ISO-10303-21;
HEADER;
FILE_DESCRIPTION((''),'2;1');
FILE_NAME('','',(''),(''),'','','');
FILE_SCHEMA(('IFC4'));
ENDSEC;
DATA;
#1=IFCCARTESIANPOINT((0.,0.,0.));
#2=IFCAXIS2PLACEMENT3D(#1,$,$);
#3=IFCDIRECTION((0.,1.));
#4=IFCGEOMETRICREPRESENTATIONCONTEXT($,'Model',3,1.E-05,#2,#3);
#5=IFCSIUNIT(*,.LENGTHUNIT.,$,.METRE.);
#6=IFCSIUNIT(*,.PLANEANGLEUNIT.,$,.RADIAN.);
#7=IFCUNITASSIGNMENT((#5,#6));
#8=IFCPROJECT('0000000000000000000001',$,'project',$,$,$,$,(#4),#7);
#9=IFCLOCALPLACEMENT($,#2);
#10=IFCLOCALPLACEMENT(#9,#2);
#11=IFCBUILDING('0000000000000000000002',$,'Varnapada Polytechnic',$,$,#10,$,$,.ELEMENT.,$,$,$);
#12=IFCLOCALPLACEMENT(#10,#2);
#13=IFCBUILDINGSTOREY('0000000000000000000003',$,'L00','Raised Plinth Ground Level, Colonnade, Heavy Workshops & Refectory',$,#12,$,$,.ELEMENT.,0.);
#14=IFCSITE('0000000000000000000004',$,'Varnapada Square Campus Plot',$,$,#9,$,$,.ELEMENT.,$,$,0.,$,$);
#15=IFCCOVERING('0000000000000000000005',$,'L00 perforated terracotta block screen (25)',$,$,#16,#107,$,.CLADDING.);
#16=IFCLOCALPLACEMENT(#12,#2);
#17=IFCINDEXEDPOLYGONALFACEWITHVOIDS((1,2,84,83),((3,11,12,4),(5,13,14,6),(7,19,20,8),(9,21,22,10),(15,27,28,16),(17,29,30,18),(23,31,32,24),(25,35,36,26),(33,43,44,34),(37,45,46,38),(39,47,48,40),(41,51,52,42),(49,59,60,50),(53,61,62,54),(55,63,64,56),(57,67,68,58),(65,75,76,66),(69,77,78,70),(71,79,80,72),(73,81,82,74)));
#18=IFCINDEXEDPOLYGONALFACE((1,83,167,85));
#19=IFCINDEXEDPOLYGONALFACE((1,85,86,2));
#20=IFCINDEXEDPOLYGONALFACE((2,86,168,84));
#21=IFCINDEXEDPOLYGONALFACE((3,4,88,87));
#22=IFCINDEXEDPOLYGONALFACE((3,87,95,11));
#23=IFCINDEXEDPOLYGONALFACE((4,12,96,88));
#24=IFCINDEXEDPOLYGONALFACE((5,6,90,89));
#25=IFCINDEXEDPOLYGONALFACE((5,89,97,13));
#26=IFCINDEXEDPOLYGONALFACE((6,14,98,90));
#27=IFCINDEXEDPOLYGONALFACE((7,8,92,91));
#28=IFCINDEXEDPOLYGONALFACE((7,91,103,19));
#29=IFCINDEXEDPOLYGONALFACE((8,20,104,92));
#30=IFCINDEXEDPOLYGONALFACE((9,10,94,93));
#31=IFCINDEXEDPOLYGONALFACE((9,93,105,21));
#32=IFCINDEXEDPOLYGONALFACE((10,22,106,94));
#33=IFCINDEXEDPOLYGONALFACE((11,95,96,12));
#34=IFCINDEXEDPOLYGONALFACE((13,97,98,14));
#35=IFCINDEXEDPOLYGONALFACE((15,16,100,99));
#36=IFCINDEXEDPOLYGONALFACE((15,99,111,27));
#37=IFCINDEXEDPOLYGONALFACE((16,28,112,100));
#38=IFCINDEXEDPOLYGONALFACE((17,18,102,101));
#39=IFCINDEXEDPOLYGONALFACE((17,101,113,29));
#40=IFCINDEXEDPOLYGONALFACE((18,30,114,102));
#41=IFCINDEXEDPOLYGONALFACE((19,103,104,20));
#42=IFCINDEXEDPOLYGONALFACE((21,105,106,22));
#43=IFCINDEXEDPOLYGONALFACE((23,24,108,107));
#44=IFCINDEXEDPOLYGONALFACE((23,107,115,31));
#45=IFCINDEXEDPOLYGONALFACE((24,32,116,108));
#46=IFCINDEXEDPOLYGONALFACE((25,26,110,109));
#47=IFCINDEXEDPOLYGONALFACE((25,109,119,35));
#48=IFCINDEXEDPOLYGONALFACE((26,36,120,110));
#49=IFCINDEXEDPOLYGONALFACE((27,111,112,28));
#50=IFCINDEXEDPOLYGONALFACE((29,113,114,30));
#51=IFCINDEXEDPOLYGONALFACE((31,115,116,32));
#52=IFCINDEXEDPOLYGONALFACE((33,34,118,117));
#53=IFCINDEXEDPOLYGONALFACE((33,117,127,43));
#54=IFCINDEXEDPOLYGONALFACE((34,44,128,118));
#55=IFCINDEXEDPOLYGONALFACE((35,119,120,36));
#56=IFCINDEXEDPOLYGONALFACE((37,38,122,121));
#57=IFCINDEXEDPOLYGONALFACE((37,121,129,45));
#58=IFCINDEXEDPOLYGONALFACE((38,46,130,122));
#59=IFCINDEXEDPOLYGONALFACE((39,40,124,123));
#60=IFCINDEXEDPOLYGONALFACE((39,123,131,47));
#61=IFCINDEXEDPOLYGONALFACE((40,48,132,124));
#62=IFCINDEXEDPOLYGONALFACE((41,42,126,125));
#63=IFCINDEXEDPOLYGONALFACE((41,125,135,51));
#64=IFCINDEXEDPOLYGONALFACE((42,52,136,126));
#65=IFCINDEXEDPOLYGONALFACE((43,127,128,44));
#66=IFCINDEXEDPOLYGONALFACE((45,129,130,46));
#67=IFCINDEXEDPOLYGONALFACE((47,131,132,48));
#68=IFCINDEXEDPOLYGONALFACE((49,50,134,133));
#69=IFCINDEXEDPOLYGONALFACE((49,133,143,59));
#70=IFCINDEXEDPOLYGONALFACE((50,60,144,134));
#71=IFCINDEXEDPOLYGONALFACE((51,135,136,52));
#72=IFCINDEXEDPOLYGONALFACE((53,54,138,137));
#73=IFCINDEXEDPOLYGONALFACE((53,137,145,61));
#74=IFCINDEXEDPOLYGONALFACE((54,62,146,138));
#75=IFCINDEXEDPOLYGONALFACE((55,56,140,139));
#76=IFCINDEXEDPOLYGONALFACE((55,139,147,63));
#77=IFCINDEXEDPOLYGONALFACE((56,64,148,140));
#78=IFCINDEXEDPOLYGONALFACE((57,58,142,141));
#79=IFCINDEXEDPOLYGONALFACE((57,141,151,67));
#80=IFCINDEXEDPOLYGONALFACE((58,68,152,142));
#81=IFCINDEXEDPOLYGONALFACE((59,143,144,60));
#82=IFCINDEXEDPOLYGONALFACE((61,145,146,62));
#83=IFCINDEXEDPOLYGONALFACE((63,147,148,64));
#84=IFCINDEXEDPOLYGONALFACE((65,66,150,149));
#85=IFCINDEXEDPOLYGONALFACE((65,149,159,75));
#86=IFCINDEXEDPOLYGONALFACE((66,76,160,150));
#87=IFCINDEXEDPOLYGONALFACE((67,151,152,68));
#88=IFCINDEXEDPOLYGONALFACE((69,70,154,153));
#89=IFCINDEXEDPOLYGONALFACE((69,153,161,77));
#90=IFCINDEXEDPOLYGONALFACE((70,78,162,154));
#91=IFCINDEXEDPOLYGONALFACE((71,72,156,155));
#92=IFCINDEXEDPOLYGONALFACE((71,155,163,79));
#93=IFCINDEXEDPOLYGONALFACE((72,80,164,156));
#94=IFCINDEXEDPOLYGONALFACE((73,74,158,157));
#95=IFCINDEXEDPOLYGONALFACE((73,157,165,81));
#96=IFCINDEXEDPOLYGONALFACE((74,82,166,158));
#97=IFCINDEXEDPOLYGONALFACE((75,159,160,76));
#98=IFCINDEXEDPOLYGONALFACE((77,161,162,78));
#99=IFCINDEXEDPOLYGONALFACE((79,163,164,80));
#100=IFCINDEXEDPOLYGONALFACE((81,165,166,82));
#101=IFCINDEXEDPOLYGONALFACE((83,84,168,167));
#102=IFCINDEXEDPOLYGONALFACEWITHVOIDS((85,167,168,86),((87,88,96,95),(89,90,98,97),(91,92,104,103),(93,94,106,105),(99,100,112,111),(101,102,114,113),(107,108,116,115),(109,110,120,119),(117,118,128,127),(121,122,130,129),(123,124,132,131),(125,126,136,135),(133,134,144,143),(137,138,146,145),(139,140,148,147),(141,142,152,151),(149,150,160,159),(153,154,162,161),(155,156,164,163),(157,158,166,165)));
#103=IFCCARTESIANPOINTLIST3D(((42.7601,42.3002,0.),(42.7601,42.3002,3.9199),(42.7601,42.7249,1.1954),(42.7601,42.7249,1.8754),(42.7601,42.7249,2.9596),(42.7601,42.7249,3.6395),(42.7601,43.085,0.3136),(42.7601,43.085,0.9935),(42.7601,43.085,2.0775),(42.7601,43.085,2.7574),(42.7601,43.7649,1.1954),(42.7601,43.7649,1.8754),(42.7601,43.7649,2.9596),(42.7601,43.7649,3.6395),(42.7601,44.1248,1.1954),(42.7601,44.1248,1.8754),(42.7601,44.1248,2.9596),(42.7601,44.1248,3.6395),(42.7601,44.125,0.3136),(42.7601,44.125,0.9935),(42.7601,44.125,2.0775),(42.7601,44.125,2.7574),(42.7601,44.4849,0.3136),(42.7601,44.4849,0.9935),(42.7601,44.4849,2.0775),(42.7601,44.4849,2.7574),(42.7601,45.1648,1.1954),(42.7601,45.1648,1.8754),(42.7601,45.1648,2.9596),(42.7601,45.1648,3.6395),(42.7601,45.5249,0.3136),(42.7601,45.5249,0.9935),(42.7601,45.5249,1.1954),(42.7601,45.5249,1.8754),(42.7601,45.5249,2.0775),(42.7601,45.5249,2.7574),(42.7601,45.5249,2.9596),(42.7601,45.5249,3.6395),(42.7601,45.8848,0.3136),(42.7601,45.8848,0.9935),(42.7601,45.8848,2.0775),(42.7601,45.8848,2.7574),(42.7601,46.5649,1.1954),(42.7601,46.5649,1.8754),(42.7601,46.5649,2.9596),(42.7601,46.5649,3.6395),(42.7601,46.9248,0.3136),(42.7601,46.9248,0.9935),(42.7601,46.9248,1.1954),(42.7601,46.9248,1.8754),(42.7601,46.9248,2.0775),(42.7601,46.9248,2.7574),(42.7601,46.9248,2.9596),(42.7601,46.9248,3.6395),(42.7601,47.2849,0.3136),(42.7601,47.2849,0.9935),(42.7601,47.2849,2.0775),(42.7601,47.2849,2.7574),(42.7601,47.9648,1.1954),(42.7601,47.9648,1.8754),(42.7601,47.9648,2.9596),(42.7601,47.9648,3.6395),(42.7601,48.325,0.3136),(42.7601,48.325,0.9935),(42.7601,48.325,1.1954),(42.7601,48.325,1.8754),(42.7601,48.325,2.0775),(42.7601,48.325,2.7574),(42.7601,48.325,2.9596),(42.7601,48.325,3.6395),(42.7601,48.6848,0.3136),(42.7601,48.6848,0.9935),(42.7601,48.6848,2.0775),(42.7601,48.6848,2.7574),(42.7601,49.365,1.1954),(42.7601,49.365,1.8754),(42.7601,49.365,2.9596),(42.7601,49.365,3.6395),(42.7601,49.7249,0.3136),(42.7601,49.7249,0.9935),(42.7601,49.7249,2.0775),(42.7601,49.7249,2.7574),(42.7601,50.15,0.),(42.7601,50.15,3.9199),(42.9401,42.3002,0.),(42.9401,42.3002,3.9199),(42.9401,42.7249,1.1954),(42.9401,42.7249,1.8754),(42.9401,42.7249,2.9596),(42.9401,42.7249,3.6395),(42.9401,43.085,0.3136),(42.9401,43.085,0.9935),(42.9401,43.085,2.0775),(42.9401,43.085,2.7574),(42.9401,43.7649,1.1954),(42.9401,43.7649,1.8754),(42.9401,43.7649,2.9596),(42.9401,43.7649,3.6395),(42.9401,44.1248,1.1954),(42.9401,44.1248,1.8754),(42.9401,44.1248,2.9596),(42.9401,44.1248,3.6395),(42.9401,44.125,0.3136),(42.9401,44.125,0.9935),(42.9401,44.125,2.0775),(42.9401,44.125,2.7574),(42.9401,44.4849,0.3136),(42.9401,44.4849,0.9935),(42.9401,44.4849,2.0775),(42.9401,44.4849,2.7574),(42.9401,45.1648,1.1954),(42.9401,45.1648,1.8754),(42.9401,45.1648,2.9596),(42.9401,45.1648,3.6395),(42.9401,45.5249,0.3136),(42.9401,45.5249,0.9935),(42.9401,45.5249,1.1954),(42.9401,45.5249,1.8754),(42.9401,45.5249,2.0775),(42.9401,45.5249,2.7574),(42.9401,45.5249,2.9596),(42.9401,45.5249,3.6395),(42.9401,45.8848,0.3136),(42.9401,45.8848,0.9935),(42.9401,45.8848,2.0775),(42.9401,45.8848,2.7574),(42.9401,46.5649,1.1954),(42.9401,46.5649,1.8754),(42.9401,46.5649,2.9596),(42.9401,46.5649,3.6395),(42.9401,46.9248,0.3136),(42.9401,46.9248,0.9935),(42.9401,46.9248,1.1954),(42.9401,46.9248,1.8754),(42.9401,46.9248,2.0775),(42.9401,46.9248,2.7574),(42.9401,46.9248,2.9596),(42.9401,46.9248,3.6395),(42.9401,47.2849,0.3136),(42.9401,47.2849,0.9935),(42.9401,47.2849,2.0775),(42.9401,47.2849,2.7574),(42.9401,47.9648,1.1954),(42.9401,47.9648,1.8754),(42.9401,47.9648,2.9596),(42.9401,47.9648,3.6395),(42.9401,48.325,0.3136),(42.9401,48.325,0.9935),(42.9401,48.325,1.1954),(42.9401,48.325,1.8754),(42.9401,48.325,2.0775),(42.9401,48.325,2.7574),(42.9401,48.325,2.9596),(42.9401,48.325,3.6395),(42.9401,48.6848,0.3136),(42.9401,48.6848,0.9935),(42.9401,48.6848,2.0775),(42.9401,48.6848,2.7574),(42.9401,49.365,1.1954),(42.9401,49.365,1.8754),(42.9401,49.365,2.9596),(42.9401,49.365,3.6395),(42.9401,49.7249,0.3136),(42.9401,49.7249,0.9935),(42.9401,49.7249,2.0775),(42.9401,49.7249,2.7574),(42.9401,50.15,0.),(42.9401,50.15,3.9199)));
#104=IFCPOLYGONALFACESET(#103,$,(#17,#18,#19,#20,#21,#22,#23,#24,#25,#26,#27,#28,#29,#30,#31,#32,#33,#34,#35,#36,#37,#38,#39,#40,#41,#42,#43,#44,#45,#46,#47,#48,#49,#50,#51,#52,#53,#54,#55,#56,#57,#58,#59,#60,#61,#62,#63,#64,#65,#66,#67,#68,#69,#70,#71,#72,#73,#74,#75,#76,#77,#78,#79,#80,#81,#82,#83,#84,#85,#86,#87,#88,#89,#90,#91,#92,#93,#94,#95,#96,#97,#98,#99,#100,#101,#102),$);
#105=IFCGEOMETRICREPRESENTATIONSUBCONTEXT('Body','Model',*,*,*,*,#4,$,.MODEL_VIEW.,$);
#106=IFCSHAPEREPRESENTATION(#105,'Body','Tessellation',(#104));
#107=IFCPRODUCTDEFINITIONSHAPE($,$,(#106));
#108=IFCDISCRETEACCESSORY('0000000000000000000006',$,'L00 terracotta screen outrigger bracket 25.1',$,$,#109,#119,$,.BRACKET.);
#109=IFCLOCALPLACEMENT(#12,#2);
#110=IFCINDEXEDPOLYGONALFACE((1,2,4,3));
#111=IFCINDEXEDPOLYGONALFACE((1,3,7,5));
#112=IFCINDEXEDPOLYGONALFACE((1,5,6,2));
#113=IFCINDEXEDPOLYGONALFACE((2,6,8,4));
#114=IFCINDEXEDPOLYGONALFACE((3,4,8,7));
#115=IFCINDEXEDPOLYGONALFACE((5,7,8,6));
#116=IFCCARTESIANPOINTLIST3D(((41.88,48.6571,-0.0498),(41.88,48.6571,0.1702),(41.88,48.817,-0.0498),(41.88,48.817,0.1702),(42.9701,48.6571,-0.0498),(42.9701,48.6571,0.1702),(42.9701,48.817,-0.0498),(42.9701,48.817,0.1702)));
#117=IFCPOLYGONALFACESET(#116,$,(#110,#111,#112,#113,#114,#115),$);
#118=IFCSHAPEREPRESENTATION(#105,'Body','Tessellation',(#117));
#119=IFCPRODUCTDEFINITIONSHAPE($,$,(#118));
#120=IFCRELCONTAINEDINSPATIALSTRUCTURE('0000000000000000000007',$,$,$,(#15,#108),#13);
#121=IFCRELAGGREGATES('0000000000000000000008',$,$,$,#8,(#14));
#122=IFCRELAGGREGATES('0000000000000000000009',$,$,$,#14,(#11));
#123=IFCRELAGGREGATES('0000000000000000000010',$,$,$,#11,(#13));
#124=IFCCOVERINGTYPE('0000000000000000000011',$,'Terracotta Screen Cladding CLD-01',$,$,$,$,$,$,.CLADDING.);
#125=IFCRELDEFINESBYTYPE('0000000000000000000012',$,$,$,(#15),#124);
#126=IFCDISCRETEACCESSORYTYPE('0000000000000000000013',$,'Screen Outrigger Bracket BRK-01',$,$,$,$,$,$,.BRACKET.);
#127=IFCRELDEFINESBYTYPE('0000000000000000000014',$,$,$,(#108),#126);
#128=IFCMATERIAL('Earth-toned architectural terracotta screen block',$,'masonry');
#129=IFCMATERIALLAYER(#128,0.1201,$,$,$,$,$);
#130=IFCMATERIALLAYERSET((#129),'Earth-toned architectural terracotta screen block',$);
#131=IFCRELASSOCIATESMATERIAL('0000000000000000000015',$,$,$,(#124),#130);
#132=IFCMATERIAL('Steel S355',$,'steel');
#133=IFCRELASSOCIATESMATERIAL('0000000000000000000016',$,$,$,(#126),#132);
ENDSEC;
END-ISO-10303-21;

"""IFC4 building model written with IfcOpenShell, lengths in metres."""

from ifc_helpers import new_model, si_unit, direction, frame, frame_2d, origin, origin_2d, place, context, subcontext, project, spatial, rectangle, extrude, material, layer, layer_set, type_object, element, save


model = new_model("IFC4")

# Units and contexts
model_context = context("Model", 3, precision=1e-05, world=origin(), true_north=direction((0.0, 1.0)))
body_context = subcontext(model_context, "Body", "Model", "MODEL_VIEW")
ifc_project = project(units=[si_unit("LENGTHUNIT", "METRE"), si_unit("PLANEANGLEUNIT", "RADIAN")], contexts=[model_context])

# Site, building, storey
site_placement = place(None, origin())
site = spatial("IfcSite", under=ifc_project, at=site_placement, Name="Varnapada Square Campus Plot", CompositionType="ELEMENT", RefElevation=0.0)
building_placement = place(site_placement, origin())
building = spatial("IfcBuilding", under=site, at=building_placement, Name="Varnapada Polytechnic", CompositionType="ELEMENT")
storey_placement = place(building_placement, origin())
storey = spatial("IfcBuildingStorey", under=building, at=storey_placement, Name="L00", Description="Raised Plinth Ground Level, Colonnade, Heavy Workshops & Refectory", CompositionType="ELEMENT", Elevation=0.0)

# Covering, openings
ifc_material_1 = material(Name="Earth-toned architectural terracotta screen block", Category="masonry")
ifc_layer_1 = layer(ifc_material_1, 0.1201)
ifc_layer_set_1 = layer_set([ifc_layer_1], Name="Earth-toned architectural terracotta screen block")
covering_type = type_object("IfcCoveringType", Name="Terracotta Screen Cladding CLD-01", PredefinedType="CLADDING", material=ifc_layer_set_1)
covering_placement = place(storey_placement, frame((42.8501, 50.1499, 0.0), z_axis=(0.0, 0.0, 1.0), x_axis=(0.0, -1.0, 0.0)))
covering = element("IfcCovering", 1, at=covering_placement, inside=storey, type_object=covering_type, Name="L00 perforated terracotta block screen (25)", PredefinedType="CLADDING", context=body_context, shape_type="SweptSolid", body=[
    extrude(rectangle(XDim=7.8499, YDim=0.1799, at=frame_2d((3.9248, 0.0))), origin(), (0.0, 0.0, 1.0), 3.9199),
])
opening_1_placement = place(covering_placement, frame((0.425, 0.0, 0.3137)))
element("IfcOpeningElement", 2, at=opening_1_placement, cuts=covering, PredefinedType="OPENING", context=body_context, shape_type="SweptSolid", body=[
    extrude(rectangle(XDim=1.04, YDim=0.6799, at=frame_2d((0.52, 0.3398))), frame((0.0, 0.0999, 0.0), z_axis=(0.0, -1.0, 0.0), x_axis=(1.0, 0.0, 0.0)), (0.0, 0.0, 1.0), 0.2),
])
opening_2_placement = place(covering_placement, frame((1.825, 0.0, 0.3137)))
element("IfcOpeningElement", 3, at=opening_2_placement, cuts=covering, PredefinedType="OPENING", context=body_context, shape_type="SweptSolid", body=[
    extrude(rectangle(XDim=1.04, YDim=0.6799, at=frame_2d((0.52, 0.3398))), frame((0.0, 0.0999, 0.0), z_axis=(0.0, -1.0, 0.0), x_axis=(1.0, 0.0, 0.0)), (0.0, 0.0, 1.0), 0.2),
])
opening_3_placement = place(covering_placement, frame((3.2251, 0.0, 0.3137)))
element("IfcOpeningElement", 4, at=opening_3_placement, cuts=covering, PredefinedType="OPENING", context=body_context, shape_type="SweptSolid", body=[
    extrude(rectangle(XDim=1.04, YDim=0.6799, at=frame_2d((0.52, 0.3398))), frame((0.0, 0.0999, 0.0), z_axis=(0.0, -1.0, 0.0), x_axis=(1.0, 0.0, 0.0)), (0.0, 0.0, 1.0), 0.2),
])
opening_4_placement = place(covering_placement, frame((4.625, 0.0, 0.3137)))
element("IfcOpeningElement", 5, at=opening_4_placement, cuts=covering, PredefinedType="OPENING", context=body_context, shape_type="SweptSolid", body=[
    extrude(rectangle(XDim=1.04, YDim=0.6799, at=frame_2d((0.52, 0.3398))), frame((0.0, 0.0999, 0.0), z_axis=(0.0, -1.0, 0.0), x_axis=(1.0, 0.0, 0.0)), (0.0, 0.0, 1.0), 0.2),
])
opening_5_placement = place(covering_placement, frame((6.0249, 0.0, 0.3137)))
element("IfcOpeningElement", 6, at=opening_5_placement, cuts=covering, PredefinedType="OPENING", context=body_context, shape_type="SweptSolid", body=[
    extrude(rectangle(XDim=1.04, YDim=0.6799, at=frame_2d((0.52, 0.3398))), frame((0.0, 0.0999, 0.0), z_axis=(0.0, -1.0, 0.0), x_axis=(1.0, 0.0, 0.0)), (0.0, 0.0, 1.0), 0.2),
])
opening_6_placement = place(covering_placement, frame((0.7849, 0.0, 1.1956)))
element("IfcOpeningElement", 7, at=opening_6_placement, cuts=covering, PredefinedType="OPENING", context=body_context, shape_type="SweptSolid", body=[
    extrude(rectangle(XDim=1.04, YDim=0.6799, at=frame_2d((0.52, 0.3398))), frame((0.0, 0.0999, 0.0), z_axis=(0.0, -1.0, 0.0), x_axis=(1.0, 0.0, 0.0)), (0.0, 0.0, 1.0), 0.2),
])
opening_7_placement = place(covering_placement, frame((2.1851, 0.0, 1.1956)))
element("IfcOpeningElement", 8, at=opening_7_placement, cuts=covering, PredefinedType="OPENING", context=body_context, shape_type="SweptSolid", body=[
    extrude(rectangle(XDim=1.04, YDim=0.6799, at=frame_2d((0.52, 0.3398))), frame((0.0, 0.0999, 0.0), z_axis=(0.0, -1.0, 0.0), x_axis=(1.0, 0.0, 0.0)), (0.0, 0.0, 1.0), 0.2),
])
opening_8_placement = place(covering_placement, frame((3.585, 0.0, 1.1956)))
element("IfcOpeningElement", 9, at=opening_8_placement, cuts=covering, PredefinedType="OPENING", context=body_context, shape_type="SweptSolid", body=[
    extrude(rectangle(XDim=1.04, YDim=0.6799, at=frame_2d((0.52, 0.3398))), frame((0.0, 0.0999, 0.0), z_axis=(0.0, -1.0, 0.0), x_axis=(1.0, 0.0, 0.0)), (0.0, 0.0, 1.0), 0.2),
])
opening_9_placement = place(covering_placement, frame((4.9851, 0.0, 1.1956)))
element("IfcOpeningElement", 10, at=opening_9_placement, cuts=covering, PredefinedType="OPENING", context=body_context, shape_type="SweptSolid", body=[
    extrude(rectangle(XDim=1.04, YDim=0.6799, at=frame_2d((0.52, 0.3398))), frame((0.0, 0.0999, 0.0), z_axis=(0.0, -1.0, 0.0), x_axis=(1.0, 0.0, 0.0)), (0.0, 0.0, 1.0), 0.2),
])
opening_10_placement = place(covering_placement, frame((6.385, 0.0, 1.1956)))
element("IfcOpeningElement", 11, at=opening_10_placement, cuts=covering, PredefinedType="OPENING", context=body_context, shape_type="SweptSolid", body=[
    extrude(rectangle(XDim=1.04, YDim=0.6799, at=frame_2d((0.52, 0.3398))), frame((0.0, 0.0999, 0.0), z_axis=(0.0, -1.0, 0.0), x_axis=(1.0, 0.0, 0.0)), (0.0, 0.0, 1.0), 0.2),
])
opening_11_placement = place(covering_placement, frame((0.425, 0.0, 2.0776)))
element("IfcOpeningElement", 12, at=opening_11_placement, cuts=covering, PredefinedType="OPENING", context=body_context, shape_type="SweptSolid", body=[
    extrude(rectangle(XDim=1.04, YDim=0.6799, at=frame_2d((0.52, 0.3398))), frame((0.0, 0.0999, 0.0), z_axis=(0.0, -1.0, 0.0), x_axis=(1.0, 0.0, 0.0)), (0.0, 0.0, 1.0), 0.2),
])
opening_12_placement = place(covering_placement, frame((1.825, 0.0, 2.0776)))
element("IfcOpeningElement", 13, at=opening_12_placement, cuts=covering, PredefinedType="OPENING", context=body_context, shape_type="SweptSolid", body=[
    extrude(rectangle(XDim=1.04, YDim=0.6799, at=frame_2d((0.52, 0.3398))), frame((0.0, 0.0999, 0.0), z_axis=(0.0, -1.0, 0.0), x_axis=(1.0, 0.0, 0.0)), (0.0, 0.0, 1.0), 0.2),
])
opening_13_placement = place(covering_placement, frame((3.2251, 0.0, 2.0776)))
element("IfcOpeningElement", 14, at=opening_13_placement, cuts=covering, PredefinedType="OPENING", context=body_context, shape_type="SweptSolid", body=[
    extrude(rectangle(XDim=1.04, YDim=0.6799, at=frame_2d((0.52, 0.3398))), frame((0.0, 0.0999, 0.0), z_axis=(0.0, -1.0, 0.0), x_axis=(1.0, 0.0, 0.0)), (0.0, 0.0, 1.0), 0.2),
])
opening_14_placement = place(covering_placement, frame((4.625, 0.0, 2.0776)))
element("IfcOpeningElement", 15, at=opening_14_placement, cuts=covering, PredefinedType="OPENING", context=body_context, shape_type="SweptSolid", body=[
    extrude(rectangle(XDim=1.04, YDim=0.6799, at=frame_2d((0.52, 0.3398))), frame((0.0, 0.0999, 0.0), z_axis=(0.0, -1.0, 0.0), x_axis=(1.0, 0.0, 0.0)), (0.0, 0.0, 1.0), 0.2),
])
opening_15_placement = place(covering_placement, frame((6.0249, 0.0, 2.0776)))
element("IfcOpeningElement", 16, at=opening_15_placement, cuts=covering, PredefinedType="OPENING", context=body_context, shape_type="SweptSolid", body=[
    extrude(rectangle(XDim=1.04, YDim=0.6799, at=frame_2d((0.52, 0.3398))), frame((0.0, 0.0999, 0.0), z_axis=(0.0, -1.0, 0.0), x_axis=(1.0, 0.0, 0.0)), (0.0, 0.0, 1.0), 0.2),
])
opening_16_placement = place(covering_placement, frame((0.7849, 0.0, 2.9597)))
element("IfcOpeningElement", 17, at=opening_16_placement, cuts=covering, PredefinedType="OPENING", context=body_context, shape_type="SweptSolid", body=[
    extrude(rectangle(XDim=1.04, YDim=0.6799, at=frame_2d((0.52, 0.3398))), frame((0.0, 0.0999, 0.0), z_axis=(0.0, -1.0, 0.0), x_axis=(1.0, 0.0, 0.0)), (0.0, 0.0, 1.0), 0.2),
])
opening_17_placement = place(covering_placement, frame((2.1851, 0.0, 2.9597)))
element("IfcOpeningElement", 18, at=opening_17_placement, cuts=covering, PredefinedType="OPENING", context=body_context, shape_type="SweptSolid", body=[
    extrude(rectangle(XDim=1.04, YDim=0.6799, at=frame_2d((0.52, 0.3398))), frame((0.0, 0.0999, 0.0), z_axis=(0.0, -1.0, 0.0), x_axis=(1.0, 0.0, 0.0)), (0.0, 0.0, 1.0), 0.2),
])
opening_18_placement = place(covering_placement, frame((3.585, 0.0, 2.9597)))
element("IfcOpeningElement", 19, at=opening_18_placement, cuts=covering, PredefinedType="OPENING", context=body_context, shape_type="SweptSolid", body=[
    extrude(rectangle(XDim=1.04, YDim=0.6799, at=frame_2d((0.52, 0.3398))), frame((0.0, 0.0999, 0.0), z_axis=(0.0, -1.0, 0.0), x_axis=(1.0, 0.0, 0.0)), (0.0, 0.0, 1.0), 0.2),
])
opening_19_placement = place(covering_placement, frame((4.9851, 0.0, 2.9597)))
element("IfcOpeningElement", 20, at=opening_19_placement, cuts=covering, PredefinedType="OPENING", context=body_context, shape_type="SweptSolid", body=[
    extrude(rectangle(XDim=1.04, YDim=0.6799, at=frame_2d((0.52, 0.3398))), frame((0.0, 0.0999, 0.0), z_axis=(0.0, -1.0, 0.0), x_axis=(1.0, 0.0, 0.0)), (0.0, 0.0, 1.0), 0.2),
])
opening_20_placement = place(covering_placement, frame((6.385, 0.0, 2.9597)))
element("IfcOpeningElement", 21, at=opening_20_placement, cuts=covering, PredefinedType="OPENING", context=body_context, shape_type="SweptSolid", body=[
    extrude(rectangle(XDim=1.04, YDim=0.6799, at=frame_2d((0.52, 0.3398))), frame((0.0, 0.0999, 0.0), z_axis=(0.0, -1.0, 0.0), x_axis=(1.0, 0.0, 0.0)), (0.0, 0.0, 1.0), 0.2),
])

# Discrete accessory
ifc_material_2 = material(Name="Steel S355", Category="steel")
discrete_accessory_type = type_object("IfcDiscreteAccessoryType", Name="Screen Outrigger Bracket BRK-01", PredefinedType="BRACKET", material=ifc_material_2)
for number, where, z_axis, x_axis, name in (
    (22, (42.425, 48.7371, -0.0498), (0.0, 0.0, 1.0), (0.0, -1.0, 0.0), "L00 terracotta screen outrigger bracket 25.1"),
):
    element("IfcDiscreteAccessory", number, at=place(storey_placement, frame(where, z_axis=z_axis, x_axis=x_axis)), inside=storey, type_object=discrete_accessory_type, Name=name, PredefinedType="BRACKET", context=body_context, shape_type="SweptSolid", body=[
        extrude(rectangle(XDim=0.1599, YDim=1.0901, at=origin_2d()), origin(), (0.0, 0.0, 1.0), 0.22),
    ])

save(model, "model.ifc")
